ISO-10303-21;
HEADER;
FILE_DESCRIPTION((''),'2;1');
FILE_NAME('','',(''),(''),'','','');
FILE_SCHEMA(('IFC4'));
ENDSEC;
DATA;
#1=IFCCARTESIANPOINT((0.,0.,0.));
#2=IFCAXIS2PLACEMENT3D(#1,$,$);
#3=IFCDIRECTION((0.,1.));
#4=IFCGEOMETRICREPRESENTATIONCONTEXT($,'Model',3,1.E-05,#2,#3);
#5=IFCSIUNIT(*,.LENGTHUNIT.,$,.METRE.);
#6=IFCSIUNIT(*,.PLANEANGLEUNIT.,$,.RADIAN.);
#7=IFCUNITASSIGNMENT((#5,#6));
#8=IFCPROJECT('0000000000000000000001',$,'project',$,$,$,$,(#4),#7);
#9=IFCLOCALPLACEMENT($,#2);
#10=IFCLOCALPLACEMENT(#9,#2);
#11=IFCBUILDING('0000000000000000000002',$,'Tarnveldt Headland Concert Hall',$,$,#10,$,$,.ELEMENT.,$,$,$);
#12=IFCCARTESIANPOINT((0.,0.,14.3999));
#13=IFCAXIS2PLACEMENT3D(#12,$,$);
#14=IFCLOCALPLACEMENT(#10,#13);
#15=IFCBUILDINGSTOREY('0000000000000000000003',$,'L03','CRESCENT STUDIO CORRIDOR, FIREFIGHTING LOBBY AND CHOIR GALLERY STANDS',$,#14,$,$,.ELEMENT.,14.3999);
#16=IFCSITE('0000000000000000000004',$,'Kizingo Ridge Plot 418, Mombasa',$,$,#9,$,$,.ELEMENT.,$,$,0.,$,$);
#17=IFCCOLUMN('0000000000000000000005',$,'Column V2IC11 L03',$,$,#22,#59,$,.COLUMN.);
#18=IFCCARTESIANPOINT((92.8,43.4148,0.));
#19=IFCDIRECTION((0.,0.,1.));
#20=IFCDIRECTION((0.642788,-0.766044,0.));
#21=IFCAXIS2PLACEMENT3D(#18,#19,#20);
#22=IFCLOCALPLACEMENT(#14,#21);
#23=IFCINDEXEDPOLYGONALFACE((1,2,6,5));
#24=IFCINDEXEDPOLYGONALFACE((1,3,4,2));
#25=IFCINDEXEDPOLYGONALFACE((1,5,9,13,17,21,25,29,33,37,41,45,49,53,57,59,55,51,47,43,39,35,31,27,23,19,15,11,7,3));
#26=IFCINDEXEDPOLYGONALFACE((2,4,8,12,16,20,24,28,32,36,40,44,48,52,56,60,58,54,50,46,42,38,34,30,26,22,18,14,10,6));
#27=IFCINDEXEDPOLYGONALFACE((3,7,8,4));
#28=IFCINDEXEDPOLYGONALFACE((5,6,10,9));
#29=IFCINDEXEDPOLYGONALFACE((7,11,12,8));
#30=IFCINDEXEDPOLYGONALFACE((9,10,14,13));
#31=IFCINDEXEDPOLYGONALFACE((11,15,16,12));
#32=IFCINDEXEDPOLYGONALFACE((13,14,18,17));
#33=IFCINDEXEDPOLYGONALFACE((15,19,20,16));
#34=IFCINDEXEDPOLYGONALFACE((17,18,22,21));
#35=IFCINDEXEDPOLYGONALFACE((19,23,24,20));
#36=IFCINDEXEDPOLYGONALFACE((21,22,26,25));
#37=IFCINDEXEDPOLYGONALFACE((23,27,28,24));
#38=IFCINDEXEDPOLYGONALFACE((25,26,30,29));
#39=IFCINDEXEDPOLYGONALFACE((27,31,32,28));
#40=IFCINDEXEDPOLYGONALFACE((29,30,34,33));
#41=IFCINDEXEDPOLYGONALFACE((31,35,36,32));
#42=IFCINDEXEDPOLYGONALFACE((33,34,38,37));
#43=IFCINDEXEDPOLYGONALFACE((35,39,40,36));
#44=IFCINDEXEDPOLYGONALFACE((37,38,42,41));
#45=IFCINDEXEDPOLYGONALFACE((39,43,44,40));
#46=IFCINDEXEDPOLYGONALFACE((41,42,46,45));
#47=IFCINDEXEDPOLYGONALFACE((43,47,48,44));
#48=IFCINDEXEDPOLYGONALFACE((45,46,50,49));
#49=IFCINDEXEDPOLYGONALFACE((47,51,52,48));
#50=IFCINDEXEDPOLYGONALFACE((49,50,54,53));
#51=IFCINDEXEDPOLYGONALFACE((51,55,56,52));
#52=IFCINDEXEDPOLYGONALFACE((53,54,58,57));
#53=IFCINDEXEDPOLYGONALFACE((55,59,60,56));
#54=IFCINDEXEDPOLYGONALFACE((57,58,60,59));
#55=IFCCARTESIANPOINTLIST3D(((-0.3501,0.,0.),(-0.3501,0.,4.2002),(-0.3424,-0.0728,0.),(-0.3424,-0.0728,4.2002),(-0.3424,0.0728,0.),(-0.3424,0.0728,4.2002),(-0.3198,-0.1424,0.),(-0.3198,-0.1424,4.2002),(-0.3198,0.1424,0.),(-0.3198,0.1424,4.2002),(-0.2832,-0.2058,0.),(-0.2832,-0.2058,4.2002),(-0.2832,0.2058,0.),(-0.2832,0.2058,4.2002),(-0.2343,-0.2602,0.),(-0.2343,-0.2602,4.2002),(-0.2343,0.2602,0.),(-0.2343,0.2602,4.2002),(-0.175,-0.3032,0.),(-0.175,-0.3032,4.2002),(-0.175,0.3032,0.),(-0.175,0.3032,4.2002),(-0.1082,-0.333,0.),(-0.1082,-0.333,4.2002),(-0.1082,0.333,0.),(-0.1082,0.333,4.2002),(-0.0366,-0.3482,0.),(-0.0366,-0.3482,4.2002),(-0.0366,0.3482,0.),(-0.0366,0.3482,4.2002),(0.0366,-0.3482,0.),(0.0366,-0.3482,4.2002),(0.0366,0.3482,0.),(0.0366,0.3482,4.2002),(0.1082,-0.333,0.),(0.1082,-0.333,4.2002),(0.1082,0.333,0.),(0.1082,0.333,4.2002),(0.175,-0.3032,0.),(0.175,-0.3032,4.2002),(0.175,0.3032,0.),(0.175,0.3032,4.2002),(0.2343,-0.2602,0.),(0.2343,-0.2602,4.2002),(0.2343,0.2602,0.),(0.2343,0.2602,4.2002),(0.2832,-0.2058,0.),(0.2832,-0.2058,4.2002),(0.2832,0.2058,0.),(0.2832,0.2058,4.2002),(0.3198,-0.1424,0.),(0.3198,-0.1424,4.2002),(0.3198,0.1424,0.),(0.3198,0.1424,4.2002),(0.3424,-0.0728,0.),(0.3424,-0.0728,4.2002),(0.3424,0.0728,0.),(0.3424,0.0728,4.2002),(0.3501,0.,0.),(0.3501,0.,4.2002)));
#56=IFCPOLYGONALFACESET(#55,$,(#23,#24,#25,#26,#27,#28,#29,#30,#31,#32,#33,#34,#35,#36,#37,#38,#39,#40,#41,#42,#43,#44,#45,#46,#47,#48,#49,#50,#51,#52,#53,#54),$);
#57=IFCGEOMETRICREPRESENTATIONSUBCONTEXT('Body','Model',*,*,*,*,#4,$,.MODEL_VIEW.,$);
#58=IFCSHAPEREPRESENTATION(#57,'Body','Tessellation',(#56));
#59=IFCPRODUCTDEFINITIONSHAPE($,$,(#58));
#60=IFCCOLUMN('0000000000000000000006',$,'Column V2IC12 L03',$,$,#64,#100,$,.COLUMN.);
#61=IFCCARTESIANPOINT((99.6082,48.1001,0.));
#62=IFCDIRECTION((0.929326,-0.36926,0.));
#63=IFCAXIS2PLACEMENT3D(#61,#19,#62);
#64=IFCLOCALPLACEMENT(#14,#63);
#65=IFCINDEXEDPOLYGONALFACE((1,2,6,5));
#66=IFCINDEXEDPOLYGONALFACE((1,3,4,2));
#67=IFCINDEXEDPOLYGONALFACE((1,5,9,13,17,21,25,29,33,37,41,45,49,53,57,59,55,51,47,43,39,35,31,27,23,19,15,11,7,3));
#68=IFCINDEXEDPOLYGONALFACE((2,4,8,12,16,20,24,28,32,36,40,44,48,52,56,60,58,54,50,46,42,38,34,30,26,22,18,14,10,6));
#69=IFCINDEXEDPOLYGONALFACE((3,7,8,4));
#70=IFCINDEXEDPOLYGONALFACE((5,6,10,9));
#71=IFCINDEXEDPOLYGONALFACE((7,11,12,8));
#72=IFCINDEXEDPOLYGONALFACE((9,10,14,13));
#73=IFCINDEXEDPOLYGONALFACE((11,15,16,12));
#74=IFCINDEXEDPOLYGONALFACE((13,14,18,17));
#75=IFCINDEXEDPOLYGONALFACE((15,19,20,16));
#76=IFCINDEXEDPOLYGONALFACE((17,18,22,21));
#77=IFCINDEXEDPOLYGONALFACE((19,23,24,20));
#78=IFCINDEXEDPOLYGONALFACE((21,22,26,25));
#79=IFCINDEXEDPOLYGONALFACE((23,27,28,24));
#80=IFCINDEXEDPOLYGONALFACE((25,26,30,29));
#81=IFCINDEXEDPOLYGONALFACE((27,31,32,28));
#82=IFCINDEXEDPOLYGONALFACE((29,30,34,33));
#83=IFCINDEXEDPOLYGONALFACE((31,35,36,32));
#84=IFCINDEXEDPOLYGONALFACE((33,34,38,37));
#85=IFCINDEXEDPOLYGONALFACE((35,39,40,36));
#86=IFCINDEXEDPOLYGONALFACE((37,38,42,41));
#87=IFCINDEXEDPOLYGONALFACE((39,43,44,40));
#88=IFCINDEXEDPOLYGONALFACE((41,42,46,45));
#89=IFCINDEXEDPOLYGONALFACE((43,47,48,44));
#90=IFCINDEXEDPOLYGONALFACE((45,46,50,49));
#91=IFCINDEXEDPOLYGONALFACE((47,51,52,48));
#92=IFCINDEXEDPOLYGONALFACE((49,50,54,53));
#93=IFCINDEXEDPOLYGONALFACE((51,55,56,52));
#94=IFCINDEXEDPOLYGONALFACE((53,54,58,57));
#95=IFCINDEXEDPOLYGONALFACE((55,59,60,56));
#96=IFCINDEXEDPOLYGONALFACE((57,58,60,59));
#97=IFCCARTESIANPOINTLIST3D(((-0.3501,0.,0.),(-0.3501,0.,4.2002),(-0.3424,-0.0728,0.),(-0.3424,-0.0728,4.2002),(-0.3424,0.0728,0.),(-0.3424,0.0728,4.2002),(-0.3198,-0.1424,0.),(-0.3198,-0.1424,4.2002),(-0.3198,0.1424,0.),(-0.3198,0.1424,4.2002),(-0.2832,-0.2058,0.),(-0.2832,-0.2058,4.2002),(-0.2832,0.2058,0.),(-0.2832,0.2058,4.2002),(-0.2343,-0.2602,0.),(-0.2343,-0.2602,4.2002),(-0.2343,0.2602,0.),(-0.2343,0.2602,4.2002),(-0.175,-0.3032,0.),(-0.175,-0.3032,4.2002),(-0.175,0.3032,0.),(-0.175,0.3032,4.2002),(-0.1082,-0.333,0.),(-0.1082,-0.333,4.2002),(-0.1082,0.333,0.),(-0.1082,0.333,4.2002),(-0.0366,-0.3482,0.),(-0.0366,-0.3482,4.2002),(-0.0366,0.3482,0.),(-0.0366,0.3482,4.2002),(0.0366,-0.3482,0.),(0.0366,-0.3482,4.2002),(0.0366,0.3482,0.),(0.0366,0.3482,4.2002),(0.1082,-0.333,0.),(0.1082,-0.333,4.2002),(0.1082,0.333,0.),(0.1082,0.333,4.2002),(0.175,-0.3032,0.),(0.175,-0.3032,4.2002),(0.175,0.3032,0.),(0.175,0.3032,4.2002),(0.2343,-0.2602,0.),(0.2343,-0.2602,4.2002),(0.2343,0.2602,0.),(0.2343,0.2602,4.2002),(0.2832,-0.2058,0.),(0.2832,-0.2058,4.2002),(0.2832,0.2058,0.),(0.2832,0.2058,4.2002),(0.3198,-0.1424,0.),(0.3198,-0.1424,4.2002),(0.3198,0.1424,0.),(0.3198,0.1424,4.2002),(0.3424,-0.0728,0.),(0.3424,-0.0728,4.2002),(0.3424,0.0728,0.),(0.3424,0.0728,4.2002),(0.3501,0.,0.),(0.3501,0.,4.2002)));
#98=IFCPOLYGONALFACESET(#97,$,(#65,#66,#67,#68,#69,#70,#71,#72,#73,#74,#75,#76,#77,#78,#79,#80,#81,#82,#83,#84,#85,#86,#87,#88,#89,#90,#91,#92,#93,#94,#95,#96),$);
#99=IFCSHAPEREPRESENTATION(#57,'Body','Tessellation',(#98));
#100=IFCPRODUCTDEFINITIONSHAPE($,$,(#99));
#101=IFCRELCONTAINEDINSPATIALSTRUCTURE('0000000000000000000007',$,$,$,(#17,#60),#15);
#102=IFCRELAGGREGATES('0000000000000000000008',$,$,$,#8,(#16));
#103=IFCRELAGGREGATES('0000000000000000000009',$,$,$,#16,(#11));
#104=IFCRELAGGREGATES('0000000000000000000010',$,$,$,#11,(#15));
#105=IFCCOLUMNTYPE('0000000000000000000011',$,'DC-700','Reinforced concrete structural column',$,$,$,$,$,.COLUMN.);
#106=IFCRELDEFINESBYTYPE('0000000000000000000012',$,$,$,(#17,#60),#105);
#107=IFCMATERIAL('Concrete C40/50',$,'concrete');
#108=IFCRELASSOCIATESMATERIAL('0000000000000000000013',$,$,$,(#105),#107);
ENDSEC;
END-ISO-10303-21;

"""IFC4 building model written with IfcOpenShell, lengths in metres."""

from ifc_helpers import new_model, si_unit, direction, frame, origin, origin_2d, place, context, subcontext, project, spatial, circle, extrude, material, material_profile, profile_set, type_object, element, save


model = new_model("IFC4")

# Units and contexts
model_context = context("Model", 3, precision=1e-05, world=origin(), true_north=direction((0.0, 1.0)))
body_context = subcontext(model_context, "Body", "Model", "MODEL_VIEW")
ifc_project = project(units=[si_unit("LENGTHUNIT", "METRE"), si_unit("PLANEANGLEUNIT", "RADIAN")], contexts=[model_context])

# Site, building, storey
site_placement = place(None, origin())
site = spatial("IfcSite", under=ifc_project, at=site_placement, Name="Kizingo Ridge Plot 418, Mombasa", CompositionType="ELEMENT", RefElevation=0.0)
building_placement = place(site_placement, origin())
building = spatial("IfcBuilding", under=site, at=building_placement, Name="Tarnveldt Headland Concert Hall", CompositionType="ELEMENT")
storey_placement = place(building_placement, frame((0.0, 0.0, 14.3999)))
storey = spatial("IfcBuildingStorey", under=building, at=storey_placement, Name="L03", Description="CRESCENT STUDIO CORRIDOR, FIREFIGHTING LOBBY AND CHOIR GALLERY STANDS", CompositionType="ELEMENT", Elevation=14.3999)

# Columns
ifc_material_1 = material(Name="Concrete C40/50", Category="concrete")
ifc_material_profile_1 = material_profile(ifc_material_1, circle(Radius=0.3501, at=origin_2d()), Name="RC D700", Category="concrete")
ifc_profile_set_1 = profile_set([ifc_material_profile_1], Name="Concrete C40/50")
column_type_1 = type_object("IfcColumnType", Name="DC-700", Description="Reinforced concrete structural column", PredefinedType="COLUMN", material=ifc_profile_set_1)
for number, where, z_axis, x_axis, name in (
    (1, (92.8, 43.4148, 0.0), (0.0, 0.0, 1.0), (0.642788, -0.766044, 0.0), "Column V2IC11 L03"),
    (2, (99.6082, 48.1001, 0.0), (0.0, 0.0, 1.0), (0.929326, -0.36926, 0.0), "Column V2IC12 L03"),
):
    element("IfcColumn", number, at=place(storey_placement, frame(where, z_axis=z_axis, x_axis=x_axis)), inside=storey, type_object=column_type_1, Name=name, PredefinedType="COLUMN", context=body_context, shape_type="SweptSolid", body=[
        extrude(circle(Radius=0.3501, at=origin_2d()), origin(), (0.0, 0.0, 1.0), 4.2002),
    ])

save(model, "model.ifc")
